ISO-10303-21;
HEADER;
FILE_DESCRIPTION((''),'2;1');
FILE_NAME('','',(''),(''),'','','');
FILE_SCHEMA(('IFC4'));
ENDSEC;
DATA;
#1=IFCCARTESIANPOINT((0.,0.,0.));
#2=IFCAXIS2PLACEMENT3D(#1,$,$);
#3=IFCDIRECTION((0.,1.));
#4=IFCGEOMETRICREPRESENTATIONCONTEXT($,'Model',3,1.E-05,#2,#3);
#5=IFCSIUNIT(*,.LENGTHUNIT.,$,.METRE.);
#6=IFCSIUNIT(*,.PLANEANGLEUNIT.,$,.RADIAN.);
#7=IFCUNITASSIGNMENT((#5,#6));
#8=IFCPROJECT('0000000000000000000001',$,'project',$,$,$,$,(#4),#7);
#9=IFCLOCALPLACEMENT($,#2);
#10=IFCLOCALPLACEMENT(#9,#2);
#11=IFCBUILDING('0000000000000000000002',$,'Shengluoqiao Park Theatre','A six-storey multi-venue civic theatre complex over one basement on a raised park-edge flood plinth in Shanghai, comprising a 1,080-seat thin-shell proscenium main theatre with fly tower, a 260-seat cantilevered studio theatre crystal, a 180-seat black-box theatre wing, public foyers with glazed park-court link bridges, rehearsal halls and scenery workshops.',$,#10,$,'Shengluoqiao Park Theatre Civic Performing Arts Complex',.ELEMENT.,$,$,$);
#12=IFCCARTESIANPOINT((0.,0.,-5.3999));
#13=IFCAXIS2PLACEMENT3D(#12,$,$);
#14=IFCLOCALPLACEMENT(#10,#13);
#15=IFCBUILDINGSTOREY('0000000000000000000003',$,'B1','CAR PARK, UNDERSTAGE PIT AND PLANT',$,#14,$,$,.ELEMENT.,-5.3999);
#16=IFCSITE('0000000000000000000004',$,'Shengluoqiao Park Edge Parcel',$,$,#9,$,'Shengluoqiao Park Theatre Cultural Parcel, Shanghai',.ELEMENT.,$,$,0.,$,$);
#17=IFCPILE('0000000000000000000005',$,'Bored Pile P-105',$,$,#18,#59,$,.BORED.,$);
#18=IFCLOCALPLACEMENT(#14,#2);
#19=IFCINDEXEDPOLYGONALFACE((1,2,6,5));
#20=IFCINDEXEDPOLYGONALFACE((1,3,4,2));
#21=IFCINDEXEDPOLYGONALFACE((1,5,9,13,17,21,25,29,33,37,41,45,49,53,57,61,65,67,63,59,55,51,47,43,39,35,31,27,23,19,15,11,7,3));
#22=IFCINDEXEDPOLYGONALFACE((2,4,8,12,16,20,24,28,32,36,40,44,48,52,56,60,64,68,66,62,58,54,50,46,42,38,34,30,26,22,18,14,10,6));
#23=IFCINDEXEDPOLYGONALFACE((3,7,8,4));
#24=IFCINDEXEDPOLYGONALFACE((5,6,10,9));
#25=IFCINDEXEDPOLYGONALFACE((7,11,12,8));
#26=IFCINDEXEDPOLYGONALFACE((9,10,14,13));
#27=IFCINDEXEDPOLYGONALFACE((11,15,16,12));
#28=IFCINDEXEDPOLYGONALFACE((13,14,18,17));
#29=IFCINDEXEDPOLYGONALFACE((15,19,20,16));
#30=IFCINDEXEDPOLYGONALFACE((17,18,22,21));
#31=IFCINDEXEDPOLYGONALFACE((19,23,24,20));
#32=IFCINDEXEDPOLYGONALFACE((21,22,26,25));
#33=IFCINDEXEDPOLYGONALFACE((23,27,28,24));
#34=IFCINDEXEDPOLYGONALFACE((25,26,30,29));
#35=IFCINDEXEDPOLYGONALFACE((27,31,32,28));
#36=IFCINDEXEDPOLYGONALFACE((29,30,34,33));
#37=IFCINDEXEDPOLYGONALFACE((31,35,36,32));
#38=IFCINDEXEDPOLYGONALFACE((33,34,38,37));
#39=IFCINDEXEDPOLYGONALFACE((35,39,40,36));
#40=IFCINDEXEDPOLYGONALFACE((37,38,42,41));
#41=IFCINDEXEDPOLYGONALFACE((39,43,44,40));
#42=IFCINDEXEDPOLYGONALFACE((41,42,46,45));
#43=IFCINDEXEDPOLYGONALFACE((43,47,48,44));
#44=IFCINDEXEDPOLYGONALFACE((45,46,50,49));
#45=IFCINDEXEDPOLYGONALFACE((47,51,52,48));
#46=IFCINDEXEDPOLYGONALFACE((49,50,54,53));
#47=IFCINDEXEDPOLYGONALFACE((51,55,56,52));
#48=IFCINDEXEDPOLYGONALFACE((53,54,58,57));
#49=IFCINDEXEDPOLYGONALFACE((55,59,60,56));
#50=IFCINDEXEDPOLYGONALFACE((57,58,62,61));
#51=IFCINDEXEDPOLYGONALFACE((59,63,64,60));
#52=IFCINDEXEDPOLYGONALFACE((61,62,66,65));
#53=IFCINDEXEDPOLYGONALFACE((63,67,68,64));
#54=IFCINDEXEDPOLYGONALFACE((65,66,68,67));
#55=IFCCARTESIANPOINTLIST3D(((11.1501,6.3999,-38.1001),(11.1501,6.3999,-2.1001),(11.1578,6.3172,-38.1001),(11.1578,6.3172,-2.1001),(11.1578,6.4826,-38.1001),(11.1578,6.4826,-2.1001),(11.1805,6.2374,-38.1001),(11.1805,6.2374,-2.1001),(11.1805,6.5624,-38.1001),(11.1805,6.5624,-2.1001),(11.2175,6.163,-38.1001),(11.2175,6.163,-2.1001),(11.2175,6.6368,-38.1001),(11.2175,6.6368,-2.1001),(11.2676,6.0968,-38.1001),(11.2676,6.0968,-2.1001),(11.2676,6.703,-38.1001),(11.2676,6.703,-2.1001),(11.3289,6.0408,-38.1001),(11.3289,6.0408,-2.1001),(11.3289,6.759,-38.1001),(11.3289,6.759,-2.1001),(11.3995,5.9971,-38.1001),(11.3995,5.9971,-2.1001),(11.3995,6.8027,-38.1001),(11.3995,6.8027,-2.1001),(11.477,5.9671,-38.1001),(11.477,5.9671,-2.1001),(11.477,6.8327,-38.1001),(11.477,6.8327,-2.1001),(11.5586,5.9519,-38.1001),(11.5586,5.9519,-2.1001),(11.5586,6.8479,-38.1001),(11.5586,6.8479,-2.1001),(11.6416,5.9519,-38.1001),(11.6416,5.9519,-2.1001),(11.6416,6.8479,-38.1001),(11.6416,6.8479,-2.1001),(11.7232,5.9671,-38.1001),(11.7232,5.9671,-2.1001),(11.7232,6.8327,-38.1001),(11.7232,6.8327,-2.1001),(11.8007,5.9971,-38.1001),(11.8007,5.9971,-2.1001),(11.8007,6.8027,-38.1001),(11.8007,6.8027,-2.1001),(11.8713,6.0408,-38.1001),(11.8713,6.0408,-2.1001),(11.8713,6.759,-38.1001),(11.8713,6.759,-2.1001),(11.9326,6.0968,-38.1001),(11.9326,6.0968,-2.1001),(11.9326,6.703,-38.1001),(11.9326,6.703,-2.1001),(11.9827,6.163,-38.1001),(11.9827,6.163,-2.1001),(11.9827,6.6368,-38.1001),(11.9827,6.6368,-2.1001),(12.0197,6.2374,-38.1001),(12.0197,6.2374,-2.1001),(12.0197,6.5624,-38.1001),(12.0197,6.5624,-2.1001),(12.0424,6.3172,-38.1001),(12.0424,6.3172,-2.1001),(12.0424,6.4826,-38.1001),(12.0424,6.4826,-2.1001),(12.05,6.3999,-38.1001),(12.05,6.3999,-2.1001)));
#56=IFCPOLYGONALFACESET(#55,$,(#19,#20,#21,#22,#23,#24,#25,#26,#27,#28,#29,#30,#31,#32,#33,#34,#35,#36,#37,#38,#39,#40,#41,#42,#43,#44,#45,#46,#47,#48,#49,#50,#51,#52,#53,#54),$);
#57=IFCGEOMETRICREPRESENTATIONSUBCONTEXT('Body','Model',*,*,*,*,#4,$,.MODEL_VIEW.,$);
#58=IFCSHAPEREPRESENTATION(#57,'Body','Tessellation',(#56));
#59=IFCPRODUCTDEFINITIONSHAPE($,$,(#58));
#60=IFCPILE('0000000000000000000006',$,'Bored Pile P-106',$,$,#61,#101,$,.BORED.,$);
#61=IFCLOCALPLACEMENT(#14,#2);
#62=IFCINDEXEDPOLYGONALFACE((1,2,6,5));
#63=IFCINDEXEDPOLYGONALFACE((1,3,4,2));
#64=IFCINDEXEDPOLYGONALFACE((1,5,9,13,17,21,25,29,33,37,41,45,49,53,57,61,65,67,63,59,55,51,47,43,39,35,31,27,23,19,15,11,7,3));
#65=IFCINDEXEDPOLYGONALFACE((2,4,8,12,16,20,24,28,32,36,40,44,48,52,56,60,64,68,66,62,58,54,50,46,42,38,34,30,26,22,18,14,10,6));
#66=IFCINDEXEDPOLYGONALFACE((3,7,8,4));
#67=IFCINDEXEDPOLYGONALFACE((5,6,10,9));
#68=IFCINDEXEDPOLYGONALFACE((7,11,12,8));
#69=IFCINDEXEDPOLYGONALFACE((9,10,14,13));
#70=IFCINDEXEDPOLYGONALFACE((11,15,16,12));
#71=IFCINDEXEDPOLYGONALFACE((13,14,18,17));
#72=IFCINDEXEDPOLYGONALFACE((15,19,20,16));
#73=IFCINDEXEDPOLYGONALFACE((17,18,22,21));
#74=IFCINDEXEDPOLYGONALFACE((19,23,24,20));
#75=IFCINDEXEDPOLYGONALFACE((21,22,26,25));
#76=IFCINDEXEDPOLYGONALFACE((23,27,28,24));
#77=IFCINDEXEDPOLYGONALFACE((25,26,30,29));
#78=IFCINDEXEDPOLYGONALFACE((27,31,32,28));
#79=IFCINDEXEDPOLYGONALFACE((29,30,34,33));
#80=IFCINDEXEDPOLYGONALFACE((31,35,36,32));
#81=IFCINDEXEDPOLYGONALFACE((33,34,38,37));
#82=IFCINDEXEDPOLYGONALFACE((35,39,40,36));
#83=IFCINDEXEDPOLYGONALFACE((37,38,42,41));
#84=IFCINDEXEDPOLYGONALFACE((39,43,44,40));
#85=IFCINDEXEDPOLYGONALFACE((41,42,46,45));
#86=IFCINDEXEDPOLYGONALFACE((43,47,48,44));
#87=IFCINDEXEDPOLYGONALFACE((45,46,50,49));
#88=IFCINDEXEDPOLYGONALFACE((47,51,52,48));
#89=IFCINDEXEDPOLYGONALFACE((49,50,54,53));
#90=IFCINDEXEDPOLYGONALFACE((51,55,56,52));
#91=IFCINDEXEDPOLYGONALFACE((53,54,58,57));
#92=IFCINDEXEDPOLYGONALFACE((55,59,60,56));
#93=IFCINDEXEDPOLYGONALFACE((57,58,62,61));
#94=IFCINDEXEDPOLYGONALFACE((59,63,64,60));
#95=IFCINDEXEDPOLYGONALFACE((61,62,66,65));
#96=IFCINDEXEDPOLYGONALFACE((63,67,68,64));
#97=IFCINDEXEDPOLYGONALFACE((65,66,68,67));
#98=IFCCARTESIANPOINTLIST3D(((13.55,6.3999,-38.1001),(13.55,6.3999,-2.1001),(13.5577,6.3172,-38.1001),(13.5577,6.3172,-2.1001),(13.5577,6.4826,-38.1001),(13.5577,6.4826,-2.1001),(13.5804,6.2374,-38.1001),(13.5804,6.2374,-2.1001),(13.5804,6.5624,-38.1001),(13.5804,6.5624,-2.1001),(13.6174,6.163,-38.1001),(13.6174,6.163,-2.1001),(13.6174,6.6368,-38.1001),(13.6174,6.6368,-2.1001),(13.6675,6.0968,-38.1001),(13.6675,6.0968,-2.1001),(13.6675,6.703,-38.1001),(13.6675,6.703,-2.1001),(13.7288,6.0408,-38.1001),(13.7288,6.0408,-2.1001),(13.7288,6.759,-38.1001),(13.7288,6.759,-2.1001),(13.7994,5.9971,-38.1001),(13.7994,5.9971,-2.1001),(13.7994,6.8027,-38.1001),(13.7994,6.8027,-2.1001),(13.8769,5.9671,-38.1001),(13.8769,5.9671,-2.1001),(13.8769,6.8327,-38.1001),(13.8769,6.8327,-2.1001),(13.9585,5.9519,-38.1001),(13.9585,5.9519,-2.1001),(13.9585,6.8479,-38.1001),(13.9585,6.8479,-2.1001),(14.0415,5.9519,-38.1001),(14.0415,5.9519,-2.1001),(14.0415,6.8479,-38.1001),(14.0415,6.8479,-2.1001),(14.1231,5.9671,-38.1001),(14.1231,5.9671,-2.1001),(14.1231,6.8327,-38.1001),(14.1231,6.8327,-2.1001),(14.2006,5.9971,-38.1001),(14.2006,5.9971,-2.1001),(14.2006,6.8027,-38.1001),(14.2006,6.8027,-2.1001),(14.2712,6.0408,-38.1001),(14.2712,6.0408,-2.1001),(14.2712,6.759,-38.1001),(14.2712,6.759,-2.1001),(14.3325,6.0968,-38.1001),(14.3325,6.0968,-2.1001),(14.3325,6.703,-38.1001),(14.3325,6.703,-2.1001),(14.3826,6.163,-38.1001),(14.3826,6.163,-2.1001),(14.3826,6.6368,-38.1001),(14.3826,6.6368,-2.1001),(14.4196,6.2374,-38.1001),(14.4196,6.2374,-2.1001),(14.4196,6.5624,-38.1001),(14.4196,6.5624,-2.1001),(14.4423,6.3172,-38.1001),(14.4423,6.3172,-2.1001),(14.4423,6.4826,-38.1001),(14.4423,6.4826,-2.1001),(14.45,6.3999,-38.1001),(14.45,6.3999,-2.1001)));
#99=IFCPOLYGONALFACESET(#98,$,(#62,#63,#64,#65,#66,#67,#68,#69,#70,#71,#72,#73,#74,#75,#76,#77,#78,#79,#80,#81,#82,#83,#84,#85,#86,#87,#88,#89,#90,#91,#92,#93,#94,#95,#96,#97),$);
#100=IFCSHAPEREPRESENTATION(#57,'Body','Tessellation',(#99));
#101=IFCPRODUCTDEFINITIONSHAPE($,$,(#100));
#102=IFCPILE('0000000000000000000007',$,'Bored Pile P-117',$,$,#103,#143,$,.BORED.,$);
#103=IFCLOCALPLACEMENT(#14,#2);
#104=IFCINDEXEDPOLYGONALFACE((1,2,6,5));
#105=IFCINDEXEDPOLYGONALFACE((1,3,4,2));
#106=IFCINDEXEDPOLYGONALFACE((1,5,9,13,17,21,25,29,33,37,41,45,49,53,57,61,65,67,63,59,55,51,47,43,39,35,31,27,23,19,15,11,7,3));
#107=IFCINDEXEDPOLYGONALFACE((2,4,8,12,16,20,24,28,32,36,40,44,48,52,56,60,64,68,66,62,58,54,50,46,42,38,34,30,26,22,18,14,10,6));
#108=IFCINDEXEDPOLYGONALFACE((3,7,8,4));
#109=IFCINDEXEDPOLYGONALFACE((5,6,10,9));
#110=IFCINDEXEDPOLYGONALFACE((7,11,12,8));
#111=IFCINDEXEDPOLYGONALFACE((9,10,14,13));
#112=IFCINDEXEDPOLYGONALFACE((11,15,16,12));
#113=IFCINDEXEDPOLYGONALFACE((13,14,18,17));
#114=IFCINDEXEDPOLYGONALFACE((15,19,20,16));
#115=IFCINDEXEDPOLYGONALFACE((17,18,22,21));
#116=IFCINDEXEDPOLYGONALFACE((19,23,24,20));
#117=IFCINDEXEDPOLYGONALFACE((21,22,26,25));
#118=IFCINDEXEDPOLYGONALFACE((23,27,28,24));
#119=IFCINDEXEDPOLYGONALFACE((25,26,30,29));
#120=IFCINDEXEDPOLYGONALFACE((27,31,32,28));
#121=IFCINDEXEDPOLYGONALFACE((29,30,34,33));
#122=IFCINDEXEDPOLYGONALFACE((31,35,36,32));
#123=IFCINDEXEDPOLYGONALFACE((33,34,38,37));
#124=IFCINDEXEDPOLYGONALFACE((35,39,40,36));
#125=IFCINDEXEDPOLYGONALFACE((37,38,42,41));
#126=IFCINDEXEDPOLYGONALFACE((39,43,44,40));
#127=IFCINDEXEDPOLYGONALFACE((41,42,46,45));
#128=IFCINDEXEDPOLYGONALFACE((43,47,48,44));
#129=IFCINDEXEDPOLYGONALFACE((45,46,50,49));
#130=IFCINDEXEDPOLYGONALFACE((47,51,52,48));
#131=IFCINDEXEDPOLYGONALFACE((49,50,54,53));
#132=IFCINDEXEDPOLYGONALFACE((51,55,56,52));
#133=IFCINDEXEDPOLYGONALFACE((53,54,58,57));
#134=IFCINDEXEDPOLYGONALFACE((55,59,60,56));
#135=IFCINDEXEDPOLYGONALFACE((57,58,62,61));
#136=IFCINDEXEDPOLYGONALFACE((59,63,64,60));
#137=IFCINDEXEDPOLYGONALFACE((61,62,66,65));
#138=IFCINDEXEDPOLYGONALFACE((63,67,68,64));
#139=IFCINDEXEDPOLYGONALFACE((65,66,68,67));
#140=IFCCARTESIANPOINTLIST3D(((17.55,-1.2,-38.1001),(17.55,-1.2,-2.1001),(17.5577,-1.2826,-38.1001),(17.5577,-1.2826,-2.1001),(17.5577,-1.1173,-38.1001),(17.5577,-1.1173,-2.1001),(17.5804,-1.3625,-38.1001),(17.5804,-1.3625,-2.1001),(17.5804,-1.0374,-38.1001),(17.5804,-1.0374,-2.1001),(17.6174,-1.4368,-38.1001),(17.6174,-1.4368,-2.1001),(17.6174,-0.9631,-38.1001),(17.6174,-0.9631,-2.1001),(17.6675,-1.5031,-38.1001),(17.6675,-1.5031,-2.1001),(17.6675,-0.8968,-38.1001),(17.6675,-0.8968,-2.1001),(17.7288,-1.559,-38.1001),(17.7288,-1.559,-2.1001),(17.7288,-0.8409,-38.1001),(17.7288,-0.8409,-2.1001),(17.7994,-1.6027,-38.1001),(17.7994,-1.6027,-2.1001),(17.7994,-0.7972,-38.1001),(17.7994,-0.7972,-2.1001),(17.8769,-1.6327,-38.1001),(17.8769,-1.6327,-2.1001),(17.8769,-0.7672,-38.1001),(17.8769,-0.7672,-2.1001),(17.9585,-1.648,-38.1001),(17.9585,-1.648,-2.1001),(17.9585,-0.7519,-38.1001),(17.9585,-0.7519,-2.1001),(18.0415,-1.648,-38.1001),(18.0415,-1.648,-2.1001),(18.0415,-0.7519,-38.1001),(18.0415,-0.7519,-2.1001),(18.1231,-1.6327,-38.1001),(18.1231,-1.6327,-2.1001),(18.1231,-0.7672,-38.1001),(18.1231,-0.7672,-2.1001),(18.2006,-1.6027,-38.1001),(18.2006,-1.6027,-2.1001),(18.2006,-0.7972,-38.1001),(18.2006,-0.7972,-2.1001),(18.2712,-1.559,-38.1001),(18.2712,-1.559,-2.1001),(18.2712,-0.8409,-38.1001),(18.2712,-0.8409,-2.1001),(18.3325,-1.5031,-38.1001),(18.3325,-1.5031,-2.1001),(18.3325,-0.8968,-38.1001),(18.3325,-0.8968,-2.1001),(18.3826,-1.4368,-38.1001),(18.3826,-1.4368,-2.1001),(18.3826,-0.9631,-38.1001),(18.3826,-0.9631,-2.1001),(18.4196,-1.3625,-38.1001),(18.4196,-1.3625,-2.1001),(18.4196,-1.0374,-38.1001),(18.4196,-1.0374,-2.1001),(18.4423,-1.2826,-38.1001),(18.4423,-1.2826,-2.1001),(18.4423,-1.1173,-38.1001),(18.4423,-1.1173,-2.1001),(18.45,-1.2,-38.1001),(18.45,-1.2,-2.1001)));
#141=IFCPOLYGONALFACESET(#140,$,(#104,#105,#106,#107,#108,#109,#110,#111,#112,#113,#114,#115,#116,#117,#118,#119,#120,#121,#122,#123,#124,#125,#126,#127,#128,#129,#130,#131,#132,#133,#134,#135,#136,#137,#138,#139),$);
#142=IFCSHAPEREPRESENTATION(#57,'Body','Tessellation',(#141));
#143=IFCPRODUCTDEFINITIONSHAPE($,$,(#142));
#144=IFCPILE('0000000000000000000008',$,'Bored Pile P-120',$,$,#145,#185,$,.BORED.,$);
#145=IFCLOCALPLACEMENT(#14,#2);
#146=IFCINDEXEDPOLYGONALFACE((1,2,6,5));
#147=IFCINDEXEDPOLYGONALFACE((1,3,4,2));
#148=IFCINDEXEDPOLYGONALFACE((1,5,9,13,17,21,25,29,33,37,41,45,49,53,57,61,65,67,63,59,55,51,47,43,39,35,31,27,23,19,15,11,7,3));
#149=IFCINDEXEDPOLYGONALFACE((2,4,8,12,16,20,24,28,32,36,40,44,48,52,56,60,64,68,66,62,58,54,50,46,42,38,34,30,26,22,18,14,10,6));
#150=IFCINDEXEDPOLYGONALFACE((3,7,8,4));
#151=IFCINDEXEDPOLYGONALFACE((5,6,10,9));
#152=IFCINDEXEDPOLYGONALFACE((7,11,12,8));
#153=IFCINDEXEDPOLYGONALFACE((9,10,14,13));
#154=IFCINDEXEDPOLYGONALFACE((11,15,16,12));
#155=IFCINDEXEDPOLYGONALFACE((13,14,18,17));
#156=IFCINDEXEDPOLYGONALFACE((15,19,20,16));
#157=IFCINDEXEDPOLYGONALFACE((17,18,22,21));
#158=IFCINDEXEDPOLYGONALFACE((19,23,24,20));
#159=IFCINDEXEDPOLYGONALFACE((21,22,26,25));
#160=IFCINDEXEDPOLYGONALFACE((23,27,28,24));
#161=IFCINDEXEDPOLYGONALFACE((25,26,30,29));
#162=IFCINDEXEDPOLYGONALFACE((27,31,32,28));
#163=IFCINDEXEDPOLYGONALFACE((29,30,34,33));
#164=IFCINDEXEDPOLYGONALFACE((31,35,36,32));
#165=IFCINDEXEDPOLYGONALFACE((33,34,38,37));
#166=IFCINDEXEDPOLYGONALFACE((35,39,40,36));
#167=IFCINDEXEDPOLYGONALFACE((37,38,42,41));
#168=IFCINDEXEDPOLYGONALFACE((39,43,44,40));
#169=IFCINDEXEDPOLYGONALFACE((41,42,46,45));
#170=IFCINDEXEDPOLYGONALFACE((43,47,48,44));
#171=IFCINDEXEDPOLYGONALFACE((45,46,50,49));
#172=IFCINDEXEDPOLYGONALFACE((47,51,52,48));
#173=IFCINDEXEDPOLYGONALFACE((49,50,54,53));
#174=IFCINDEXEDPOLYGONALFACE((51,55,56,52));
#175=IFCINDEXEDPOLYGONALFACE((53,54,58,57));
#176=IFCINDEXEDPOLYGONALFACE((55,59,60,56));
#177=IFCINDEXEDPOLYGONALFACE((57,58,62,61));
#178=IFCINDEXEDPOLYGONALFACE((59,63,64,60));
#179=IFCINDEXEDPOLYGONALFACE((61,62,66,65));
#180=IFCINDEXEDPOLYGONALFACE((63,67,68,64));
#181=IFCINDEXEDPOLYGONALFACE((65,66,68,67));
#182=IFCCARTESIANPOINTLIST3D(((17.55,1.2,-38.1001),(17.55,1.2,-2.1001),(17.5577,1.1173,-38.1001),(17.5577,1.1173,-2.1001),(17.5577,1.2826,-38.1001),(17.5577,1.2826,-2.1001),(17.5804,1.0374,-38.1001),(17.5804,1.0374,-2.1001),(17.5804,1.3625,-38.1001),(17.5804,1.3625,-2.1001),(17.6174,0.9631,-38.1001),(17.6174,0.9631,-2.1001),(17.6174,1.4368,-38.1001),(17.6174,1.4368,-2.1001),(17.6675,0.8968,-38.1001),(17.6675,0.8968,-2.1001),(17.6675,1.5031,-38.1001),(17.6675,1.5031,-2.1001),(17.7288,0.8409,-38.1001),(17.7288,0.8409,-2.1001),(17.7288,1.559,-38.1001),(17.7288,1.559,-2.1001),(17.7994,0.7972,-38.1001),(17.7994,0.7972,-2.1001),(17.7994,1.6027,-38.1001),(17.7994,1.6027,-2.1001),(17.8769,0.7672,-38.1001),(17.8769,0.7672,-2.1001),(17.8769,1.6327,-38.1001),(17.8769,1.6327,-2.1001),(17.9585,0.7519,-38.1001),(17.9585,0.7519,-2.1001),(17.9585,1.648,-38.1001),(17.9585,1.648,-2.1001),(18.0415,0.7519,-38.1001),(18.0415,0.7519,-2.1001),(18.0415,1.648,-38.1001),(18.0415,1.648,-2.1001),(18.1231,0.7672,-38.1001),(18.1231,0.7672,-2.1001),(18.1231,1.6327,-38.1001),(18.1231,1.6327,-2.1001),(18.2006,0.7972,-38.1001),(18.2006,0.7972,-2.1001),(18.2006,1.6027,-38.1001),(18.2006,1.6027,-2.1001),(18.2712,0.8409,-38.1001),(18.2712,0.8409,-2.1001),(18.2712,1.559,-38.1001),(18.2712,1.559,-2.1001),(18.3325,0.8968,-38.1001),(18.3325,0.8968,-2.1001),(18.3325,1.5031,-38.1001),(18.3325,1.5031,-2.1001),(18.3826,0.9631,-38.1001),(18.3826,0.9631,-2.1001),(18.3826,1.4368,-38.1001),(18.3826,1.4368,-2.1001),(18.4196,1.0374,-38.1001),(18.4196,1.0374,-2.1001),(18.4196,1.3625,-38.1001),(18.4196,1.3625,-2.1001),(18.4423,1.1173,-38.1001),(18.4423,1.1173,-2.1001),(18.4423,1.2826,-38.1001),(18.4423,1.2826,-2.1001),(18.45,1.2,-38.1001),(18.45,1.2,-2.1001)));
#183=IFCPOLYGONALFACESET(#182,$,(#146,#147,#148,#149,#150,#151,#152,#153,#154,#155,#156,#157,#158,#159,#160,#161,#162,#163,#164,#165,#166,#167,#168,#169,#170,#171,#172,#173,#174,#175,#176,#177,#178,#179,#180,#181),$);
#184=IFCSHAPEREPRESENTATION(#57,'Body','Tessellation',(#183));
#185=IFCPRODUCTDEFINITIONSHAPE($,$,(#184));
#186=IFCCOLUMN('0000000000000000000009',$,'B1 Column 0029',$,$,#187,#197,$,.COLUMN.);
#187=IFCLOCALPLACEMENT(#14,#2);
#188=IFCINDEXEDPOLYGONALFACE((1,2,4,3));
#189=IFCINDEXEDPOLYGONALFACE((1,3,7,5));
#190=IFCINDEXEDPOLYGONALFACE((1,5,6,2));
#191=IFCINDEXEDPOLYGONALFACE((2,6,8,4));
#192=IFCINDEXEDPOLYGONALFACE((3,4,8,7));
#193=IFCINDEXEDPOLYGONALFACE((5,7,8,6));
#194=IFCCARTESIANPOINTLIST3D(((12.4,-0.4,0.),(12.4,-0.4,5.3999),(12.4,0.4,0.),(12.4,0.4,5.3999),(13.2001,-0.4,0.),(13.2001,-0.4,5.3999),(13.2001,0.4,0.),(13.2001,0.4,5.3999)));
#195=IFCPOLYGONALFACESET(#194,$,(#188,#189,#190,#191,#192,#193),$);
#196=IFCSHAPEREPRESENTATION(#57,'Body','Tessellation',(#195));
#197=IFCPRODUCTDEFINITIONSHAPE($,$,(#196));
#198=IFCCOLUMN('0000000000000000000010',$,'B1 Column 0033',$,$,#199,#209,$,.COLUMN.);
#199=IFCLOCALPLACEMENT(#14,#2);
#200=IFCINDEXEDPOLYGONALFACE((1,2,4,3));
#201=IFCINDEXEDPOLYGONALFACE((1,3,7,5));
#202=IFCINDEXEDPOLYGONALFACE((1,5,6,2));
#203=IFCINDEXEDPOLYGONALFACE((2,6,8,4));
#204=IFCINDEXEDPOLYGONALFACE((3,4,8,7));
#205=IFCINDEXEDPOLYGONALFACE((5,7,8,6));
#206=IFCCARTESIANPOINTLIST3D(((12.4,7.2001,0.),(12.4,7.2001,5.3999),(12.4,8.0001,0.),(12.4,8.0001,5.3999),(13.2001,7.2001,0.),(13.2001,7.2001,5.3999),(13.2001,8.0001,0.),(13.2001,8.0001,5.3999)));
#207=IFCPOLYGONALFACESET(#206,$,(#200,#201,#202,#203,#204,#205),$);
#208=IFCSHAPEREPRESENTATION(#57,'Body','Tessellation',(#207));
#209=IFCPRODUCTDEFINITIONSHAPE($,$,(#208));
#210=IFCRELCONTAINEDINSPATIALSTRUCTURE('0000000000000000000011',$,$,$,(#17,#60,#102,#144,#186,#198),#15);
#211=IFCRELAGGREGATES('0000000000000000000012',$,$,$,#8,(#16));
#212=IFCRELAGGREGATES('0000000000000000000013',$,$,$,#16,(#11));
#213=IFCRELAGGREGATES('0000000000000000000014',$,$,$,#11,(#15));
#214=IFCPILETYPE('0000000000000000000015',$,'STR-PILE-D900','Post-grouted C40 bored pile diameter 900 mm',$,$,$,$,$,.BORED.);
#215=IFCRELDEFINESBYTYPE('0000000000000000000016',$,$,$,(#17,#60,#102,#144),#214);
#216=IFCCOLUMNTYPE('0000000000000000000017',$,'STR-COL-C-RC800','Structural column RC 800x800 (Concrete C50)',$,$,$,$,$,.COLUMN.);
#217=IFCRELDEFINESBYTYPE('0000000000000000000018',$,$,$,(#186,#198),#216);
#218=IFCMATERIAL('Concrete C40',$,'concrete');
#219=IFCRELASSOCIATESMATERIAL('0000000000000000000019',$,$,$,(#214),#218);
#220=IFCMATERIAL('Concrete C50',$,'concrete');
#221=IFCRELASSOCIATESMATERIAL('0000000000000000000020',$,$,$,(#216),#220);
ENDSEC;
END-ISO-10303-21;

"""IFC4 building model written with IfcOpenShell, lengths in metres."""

from ifc_helpers import new_model, si_unit, direction, frame, origin, origin_2d, place, context, subcontext, project, spatial, rectangle, circle, extrude, material, material_profile, profile_set, type_object, element, save


model = new_model("IFC4")

# Units and contexts
model_context = context("Model", 3, precision=1e-05, world=origin(), true_north=direction((0.0, 1.0)))
body_context = subcontext(model_context, "Body", "Model", "MODEL_VIEW")
ifc_project = project(units=[si_unit("LENGTHUNIT", "METRE"), si_unit("PLANEANGLEUNIT", "RADIAN")], contexts=[model_context])

# Site, building, storey
site_placement = place(None, origin())
site = spatial("IfcSite", under=ifc_project, at=site_placement, Name="Shengluoqiao Park Edge Parcel", LongName="Shengluoqiao Park Theatre Cultural Parcel, Shanghai", CompositionType="ELEMENT", RefElevation=0.0)
building_placement = place(site_placement, origin())
building = spatial("IfcBuilding", under=site, at=building_placement, Name="Shengluoqiao Park Theatre", Description="A six-storey multi-venue civic theatre complex over one basement on a raised park-edge flood plinth in Shanghai, comprising a 1,080-seat thin-shell proscenium main theatre with fly tower, a 260-seat cantilevered studio theatre crystal, a 180-seat black-box theatre wing, public foyers with glazed park-court link bridges, rehearsal halls and scenery workshops.", LongName="Shengluoqiao Park Theatre Civic Performing Arts Complex", CompositionType="ELEMENT")
storey_placement = place(building_placement, frame((0.0, 0.0, -5.3999)))
storey = spatial("IfcBuildingStorey", under=building, at=storey_placement, Name="B1", Description="CAR PARK, UNDERSTAGE PIT AND PLANT", CompositionType="ELEMENT", Elevation=-5.3999)

# Shared definitions
ifc_material_1 = material(Name="Concrete C40", Category="concrete")

# Piles
ifc_material_profile_1 = material_profile(ifc_material_1, circle(Radius=0.45, at=origin_2d()), Name="BORED PILE D900")
ifc_profile_set_1 = profile_set([ifc_material_profile_1], Name="Concrete C40")
pile_type = type_object("IfcPileType", Name="STR-PILE-D900", Description="Post-grouted C40 bored pile diameter 900 mm", PredefinedType="BORED", material=ifc_profile_set_1)
for number, where, z_axis, x_axis, name in (
    (1, (11.6001, 6.3999, -2.1001), (0.0, 0.0, -1.0), (1.0, 0.0, 0.0), "Bored Pile P-105"),
    (2, (14.0, 6.3999, -2.1001), (0.0, 0.0, -1.0), (1.0, 0.0, 0.0), "Bored Pile P-106"),
    (3, (18.0, -1.2, -2.1001), (0.0, 0.0, -1.0), (1.0, 0.0, 0.0), "Bored Pile P-117"),
    (4, (18.0, 1.2, -2.1001), (0.0, 0.0, -1.0), (1.0, 0.0, 0.0), "Bored Pile P-120"),
):
    element("IfcPile", number, at=place(storey_placement, frame(where, z_axis=z_axis, x_axis=x_axis)), inside=storey, type_object=pile_type, Name=name, PredefinedType="BORED", context=body_context, shape_type="SweptSolid", body=[
        extrude(circle(Radius=0.45, at=origin_2d()), origin(), (0.0, 0.0, 1.0), 36.0),
    ])

# Columns
ifc_material_2 = material(Name="Concrete C50", Category="concrete")
ifc_material_profile_2 = material_profile(ifc_material_2, rectangle(XDim=0.8, YDim=0.8, at=origin_2d()), Name="RC 800x800")
ifc_profile_set_2 = profile_set([ifc_material_profile_2], Name="Concrete C50")
column_type = type_object("IfcColumnType", Name="STR-COL-C-RC800", Description="Structural column RC 800x800 (Concrete C50)", PredefinedType="COLUMN", material=ifc_profile_set_2)
for number, where, z_axis, x_axis, name in (
    (5, (12.8, 0.0, 0.0), (0.0, 0.0, 1.0), (1.0, 0.0, 0.0), "B1 Column 0029"),
    (6, (12.8, 7.6001, 0.0), (0.0, 0.0, 1.0), (1.0, 0.0, 0.0), "B1 Column 0033"),
):
    element("IfcColumn", number, at=place(storey_placement, frame(where, z_axis=z_axis, x_axis=x_axis)), inside=storey, type_object=column_type, Name=name, PredefinedType="COLUMN", context=body_context, shape_type="SweptSolid", body=[
        extrude(rectangle(XDim=0.8, YDim=0.8, at=origin_2d()), origin(), (0.0, 0.0, 1.0), 5.3999),
    ])

save(model, "model.ifc")
